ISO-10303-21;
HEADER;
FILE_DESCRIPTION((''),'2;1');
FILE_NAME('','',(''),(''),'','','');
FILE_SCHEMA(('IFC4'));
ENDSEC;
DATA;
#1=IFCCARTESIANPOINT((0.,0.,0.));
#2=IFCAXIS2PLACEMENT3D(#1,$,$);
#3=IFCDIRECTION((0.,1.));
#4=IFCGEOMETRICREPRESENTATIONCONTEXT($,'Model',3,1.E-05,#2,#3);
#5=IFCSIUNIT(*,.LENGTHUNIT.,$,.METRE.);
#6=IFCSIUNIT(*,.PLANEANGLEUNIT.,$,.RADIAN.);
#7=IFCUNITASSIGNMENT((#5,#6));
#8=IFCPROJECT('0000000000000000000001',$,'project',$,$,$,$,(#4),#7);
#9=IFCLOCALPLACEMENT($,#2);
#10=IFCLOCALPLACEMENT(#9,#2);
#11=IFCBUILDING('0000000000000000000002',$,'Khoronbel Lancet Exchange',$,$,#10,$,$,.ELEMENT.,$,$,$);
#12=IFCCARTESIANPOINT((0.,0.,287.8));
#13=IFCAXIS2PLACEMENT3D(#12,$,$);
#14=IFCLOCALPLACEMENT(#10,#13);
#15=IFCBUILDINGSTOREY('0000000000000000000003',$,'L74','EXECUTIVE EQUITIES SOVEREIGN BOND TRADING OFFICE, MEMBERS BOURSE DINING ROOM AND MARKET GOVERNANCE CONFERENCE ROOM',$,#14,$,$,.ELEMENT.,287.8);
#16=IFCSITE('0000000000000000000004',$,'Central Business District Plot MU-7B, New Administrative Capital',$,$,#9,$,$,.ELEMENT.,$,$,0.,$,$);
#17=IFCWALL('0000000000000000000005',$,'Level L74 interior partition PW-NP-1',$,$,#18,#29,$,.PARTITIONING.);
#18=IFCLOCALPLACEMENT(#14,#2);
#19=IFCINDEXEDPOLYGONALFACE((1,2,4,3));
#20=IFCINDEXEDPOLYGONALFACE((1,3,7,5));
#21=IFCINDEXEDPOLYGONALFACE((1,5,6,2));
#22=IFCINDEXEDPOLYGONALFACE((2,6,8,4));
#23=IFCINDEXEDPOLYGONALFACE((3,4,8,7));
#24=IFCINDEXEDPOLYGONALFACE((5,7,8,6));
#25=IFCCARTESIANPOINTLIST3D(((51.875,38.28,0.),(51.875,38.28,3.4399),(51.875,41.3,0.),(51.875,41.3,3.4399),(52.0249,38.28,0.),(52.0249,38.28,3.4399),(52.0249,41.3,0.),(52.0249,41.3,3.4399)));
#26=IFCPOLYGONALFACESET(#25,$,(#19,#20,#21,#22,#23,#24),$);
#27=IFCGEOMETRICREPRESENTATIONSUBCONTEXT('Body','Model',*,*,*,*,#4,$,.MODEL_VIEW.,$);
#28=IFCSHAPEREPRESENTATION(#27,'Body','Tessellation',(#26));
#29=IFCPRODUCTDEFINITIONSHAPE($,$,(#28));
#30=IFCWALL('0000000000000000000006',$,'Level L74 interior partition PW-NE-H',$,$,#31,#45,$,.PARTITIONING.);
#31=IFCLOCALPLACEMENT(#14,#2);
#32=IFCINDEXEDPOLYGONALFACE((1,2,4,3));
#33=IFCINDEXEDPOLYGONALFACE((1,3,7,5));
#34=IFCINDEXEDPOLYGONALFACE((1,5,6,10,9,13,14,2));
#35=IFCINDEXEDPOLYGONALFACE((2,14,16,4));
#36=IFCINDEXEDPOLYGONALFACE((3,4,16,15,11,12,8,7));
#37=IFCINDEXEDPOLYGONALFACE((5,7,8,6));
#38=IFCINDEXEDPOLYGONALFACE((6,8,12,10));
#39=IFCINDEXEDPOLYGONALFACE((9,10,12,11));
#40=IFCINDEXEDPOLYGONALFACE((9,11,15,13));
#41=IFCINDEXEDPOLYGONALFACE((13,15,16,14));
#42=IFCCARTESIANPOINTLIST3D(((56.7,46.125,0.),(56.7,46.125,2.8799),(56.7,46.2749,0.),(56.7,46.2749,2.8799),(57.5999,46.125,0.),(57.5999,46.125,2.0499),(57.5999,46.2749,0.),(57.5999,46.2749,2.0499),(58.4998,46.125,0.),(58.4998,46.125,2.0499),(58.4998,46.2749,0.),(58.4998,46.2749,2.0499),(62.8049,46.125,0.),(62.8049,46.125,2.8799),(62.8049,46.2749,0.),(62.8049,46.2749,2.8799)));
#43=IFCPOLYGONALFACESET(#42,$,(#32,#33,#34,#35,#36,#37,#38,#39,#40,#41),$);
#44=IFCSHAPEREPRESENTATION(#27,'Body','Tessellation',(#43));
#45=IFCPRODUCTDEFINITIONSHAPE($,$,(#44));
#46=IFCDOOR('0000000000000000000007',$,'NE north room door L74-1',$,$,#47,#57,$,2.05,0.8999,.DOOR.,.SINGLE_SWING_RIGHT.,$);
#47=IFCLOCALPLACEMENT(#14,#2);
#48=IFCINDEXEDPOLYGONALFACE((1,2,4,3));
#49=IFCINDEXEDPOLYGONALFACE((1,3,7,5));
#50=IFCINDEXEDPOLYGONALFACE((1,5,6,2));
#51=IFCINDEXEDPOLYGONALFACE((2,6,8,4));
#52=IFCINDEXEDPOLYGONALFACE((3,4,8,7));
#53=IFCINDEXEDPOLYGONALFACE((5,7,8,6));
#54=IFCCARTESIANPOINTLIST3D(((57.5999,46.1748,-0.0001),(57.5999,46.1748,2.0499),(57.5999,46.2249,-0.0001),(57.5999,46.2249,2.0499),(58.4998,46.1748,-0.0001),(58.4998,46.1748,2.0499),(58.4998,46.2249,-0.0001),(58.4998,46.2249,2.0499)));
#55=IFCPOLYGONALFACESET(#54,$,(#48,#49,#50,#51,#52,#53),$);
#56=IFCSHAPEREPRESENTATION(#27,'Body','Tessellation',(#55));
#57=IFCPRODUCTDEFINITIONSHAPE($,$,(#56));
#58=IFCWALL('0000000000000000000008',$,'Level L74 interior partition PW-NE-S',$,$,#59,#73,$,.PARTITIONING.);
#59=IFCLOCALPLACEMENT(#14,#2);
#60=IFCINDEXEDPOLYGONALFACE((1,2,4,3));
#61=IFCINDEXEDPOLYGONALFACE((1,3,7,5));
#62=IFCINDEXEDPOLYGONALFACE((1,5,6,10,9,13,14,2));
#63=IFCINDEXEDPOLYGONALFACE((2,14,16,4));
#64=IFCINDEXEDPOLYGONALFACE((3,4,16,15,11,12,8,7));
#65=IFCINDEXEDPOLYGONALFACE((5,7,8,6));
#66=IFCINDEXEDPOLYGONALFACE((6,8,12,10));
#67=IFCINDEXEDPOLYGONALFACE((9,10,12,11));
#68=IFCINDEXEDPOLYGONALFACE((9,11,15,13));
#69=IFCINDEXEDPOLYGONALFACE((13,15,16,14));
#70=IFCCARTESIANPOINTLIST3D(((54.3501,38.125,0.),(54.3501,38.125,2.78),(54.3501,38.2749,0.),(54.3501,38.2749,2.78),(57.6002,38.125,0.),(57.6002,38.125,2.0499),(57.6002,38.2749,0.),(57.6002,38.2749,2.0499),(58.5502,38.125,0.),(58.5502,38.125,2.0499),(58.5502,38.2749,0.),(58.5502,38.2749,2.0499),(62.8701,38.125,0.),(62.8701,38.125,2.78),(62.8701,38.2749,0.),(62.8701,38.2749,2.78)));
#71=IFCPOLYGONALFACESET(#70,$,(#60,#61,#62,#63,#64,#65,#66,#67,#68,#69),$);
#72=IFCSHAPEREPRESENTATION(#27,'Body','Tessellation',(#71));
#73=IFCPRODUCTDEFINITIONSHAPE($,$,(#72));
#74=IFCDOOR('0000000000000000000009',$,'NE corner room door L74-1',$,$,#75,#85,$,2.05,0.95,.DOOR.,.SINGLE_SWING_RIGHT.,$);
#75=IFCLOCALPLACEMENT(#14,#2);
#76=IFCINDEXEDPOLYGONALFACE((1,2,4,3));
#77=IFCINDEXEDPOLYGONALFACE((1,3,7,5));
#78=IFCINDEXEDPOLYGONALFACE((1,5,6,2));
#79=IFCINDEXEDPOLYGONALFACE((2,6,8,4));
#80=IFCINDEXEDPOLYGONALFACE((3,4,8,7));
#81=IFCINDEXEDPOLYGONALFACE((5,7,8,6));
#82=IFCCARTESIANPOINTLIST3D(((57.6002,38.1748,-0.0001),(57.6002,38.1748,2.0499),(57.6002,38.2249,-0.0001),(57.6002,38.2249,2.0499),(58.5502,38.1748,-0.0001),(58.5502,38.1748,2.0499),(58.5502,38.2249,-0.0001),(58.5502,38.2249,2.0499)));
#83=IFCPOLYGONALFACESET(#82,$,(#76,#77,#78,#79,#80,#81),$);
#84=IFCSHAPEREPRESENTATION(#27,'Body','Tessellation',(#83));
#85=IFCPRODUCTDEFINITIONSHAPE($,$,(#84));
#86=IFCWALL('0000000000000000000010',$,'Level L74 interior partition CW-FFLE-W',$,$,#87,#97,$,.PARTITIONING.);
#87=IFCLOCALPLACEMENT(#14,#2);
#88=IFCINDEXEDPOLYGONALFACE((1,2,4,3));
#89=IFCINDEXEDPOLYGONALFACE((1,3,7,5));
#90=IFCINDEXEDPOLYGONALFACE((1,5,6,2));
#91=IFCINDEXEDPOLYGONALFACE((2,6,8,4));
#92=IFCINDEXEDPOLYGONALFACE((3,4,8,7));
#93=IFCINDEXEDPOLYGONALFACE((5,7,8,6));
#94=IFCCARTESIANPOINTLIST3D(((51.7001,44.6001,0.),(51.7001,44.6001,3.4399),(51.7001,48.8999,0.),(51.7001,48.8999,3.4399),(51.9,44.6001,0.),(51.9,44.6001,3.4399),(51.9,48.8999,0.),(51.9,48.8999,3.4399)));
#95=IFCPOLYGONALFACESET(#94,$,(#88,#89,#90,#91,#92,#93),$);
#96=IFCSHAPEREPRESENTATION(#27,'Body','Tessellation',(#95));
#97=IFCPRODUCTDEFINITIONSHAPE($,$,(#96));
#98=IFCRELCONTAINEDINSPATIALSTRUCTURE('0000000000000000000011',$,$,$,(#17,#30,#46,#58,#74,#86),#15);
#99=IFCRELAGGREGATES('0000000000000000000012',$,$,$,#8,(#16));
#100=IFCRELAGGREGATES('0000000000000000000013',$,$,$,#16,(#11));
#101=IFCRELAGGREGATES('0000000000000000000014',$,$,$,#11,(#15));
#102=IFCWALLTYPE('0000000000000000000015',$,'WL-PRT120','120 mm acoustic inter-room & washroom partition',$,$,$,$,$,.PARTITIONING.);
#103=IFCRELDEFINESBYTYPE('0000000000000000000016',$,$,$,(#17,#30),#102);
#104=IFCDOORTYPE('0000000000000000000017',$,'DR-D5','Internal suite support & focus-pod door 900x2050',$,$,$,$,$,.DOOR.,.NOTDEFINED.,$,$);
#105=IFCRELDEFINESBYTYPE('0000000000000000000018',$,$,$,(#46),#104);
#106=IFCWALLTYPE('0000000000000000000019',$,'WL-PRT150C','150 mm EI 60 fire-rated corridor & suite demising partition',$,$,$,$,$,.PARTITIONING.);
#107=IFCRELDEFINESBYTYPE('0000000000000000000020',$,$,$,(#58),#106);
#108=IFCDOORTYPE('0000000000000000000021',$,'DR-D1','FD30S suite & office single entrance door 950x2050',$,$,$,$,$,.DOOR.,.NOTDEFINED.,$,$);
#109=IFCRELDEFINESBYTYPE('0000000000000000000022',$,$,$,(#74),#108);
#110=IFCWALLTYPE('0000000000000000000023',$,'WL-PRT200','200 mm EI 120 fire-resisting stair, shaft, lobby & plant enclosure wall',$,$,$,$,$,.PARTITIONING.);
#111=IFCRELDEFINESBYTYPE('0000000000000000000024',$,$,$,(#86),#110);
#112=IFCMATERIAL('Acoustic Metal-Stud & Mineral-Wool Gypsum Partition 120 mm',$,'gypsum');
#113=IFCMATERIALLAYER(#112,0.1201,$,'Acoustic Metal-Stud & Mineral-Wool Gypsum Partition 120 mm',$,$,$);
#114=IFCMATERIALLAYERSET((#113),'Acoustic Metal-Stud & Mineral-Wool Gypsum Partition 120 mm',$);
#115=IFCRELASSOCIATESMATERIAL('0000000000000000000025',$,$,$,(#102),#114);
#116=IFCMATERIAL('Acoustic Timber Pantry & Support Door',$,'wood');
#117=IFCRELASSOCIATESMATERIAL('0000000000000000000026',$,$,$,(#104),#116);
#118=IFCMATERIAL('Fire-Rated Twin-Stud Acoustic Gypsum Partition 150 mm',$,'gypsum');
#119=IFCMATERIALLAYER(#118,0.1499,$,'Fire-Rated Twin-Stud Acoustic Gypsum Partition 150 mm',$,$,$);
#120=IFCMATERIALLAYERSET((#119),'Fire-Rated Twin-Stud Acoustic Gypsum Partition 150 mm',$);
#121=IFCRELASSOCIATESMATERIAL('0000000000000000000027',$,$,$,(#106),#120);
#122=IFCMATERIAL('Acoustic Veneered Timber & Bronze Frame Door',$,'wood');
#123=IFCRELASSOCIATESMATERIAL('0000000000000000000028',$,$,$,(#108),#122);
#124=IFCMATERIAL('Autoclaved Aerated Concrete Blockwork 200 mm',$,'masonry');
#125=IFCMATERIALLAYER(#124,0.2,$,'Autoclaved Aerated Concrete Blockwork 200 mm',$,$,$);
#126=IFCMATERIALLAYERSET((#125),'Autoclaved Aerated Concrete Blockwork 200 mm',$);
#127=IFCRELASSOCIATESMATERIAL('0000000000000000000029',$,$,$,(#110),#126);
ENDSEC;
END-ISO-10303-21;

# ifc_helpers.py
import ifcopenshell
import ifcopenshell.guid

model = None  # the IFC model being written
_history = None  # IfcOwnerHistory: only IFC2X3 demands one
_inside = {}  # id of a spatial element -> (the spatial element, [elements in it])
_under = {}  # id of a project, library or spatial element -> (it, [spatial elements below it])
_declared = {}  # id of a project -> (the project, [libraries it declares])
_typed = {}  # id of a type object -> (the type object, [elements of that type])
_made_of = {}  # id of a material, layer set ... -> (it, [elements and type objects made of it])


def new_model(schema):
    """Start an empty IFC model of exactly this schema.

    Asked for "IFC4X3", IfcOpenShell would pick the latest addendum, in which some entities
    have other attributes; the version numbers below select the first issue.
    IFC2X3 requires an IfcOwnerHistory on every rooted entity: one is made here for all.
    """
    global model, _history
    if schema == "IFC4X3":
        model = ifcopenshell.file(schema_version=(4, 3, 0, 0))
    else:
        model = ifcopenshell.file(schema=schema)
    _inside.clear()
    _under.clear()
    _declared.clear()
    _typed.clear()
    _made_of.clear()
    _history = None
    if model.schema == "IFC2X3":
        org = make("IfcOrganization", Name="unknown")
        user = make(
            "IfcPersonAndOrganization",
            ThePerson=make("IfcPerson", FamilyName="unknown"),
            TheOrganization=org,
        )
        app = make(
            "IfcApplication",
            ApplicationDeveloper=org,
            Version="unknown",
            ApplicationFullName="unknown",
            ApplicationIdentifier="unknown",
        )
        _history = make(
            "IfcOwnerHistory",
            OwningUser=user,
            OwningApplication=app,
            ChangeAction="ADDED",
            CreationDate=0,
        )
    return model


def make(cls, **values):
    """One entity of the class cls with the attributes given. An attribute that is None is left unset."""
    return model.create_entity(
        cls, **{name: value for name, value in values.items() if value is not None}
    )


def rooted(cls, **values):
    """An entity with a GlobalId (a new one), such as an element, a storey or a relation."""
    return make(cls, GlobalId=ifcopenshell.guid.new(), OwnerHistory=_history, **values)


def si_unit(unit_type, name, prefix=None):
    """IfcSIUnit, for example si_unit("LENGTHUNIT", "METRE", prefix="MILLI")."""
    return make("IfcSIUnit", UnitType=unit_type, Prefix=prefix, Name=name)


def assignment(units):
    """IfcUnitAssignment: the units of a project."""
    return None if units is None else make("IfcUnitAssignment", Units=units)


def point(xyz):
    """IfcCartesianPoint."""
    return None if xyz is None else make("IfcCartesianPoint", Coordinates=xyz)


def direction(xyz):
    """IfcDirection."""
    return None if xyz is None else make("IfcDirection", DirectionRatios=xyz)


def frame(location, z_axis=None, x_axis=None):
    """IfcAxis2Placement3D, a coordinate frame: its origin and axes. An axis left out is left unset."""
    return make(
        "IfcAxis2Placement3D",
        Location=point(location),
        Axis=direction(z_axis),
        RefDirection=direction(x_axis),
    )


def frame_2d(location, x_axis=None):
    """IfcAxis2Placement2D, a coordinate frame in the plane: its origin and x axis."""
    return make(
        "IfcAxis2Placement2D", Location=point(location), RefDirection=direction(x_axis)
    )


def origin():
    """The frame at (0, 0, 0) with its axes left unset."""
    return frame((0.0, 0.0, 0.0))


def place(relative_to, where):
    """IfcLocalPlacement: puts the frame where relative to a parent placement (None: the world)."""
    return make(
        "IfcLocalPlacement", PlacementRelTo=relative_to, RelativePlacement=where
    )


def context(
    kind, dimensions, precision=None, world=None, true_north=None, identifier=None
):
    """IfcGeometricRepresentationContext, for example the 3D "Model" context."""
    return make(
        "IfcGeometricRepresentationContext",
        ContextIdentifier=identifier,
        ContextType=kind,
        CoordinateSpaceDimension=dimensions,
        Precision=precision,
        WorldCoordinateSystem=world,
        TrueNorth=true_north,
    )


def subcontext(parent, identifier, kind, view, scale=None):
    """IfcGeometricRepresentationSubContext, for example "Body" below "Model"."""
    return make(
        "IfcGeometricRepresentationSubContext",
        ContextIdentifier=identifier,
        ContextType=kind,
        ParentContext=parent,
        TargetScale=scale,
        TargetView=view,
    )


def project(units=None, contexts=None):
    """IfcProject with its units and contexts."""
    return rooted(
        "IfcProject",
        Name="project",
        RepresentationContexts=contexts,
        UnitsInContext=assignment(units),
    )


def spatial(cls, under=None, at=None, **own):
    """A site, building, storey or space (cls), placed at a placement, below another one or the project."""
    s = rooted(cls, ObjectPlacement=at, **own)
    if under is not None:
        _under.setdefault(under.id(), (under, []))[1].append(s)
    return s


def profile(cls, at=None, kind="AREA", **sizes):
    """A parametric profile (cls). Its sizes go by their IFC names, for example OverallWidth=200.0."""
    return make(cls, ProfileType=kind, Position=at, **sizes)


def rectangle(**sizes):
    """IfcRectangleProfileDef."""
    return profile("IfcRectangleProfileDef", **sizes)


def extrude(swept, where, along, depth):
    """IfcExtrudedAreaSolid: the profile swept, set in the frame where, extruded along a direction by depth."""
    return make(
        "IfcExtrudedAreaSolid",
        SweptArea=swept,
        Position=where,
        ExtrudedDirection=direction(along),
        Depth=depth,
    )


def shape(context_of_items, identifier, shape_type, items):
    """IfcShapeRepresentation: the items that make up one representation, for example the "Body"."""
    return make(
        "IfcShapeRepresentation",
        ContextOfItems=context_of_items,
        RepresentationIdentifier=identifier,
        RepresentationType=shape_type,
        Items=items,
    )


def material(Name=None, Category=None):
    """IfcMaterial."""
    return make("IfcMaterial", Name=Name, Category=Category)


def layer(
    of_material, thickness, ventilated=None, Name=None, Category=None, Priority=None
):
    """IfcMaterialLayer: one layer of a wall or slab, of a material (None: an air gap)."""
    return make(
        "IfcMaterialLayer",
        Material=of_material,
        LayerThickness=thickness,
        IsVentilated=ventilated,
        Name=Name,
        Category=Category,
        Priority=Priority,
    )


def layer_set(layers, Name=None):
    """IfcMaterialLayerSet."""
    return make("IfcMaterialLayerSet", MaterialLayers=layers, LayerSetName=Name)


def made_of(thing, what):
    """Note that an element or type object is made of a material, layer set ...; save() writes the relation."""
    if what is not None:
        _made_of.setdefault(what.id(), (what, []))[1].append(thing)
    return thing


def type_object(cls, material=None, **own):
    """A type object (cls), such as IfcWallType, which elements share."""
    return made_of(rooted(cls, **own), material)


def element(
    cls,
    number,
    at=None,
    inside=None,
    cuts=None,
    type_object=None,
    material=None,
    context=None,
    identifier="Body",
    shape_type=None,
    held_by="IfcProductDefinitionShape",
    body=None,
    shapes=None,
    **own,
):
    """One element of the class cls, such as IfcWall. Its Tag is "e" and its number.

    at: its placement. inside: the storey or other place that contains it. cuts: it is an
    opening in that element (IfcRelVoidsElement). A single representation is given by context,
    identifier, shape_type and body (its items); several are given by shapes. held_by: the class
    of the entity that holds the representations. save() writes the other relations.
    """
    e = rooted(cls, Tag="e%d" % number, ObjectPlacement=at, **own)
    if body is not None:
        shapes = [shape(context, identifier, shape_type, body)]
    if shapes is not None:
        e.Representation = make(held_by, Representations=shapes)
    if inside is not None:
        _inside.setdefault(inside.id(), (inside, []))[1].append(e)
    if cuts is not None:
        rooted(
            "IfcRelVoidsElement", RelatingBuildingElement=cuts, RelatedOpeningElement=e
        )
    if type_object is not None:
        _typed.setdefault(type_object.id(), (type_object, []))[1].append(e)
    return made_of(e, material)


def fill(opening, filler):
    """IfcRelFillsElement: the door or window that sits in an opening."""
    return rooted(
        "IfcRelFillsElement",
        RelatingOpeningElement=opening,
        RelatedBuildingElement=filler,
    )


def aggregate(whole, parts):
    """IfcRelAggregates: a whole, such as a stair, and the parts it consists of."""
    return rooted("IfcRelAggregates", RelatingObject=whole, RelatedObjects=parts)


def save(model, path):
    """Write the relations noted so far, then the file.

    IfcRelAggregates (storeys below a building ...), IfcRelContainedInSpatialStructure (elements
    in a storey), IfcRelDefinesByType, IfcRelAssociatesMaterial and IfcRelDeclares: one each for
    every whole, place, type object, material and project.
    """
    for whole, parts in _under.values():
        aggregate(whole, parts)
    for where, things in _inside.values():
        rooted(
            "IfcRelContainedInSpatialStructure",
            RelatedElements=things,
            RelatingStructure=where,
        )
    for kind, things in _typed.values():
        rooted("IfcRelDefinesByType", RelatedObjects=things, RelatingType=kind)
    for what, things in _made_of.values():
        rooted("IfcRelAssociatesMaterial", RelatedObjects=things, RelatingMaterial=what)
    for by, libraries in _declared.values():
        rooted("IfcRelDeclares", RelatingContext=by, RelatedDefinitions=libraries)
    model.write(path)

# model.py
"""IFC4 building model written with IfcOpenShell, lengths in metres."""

from ifc_helpers import new_model, si_unit, direction, frame, frame_2d, origin, place, context, subcontext, project, spatial, rectangle, extrude, material, layer, layer_set, type_object, element, fill, save


model = new_model("IFC4")

# Units and contexts
model_context = context("Model", 3, precision=1e-05, world=origin(), true_north=direction((0.0, 1.0)))
body_context = subcontext(model_context, "Body", "Model", "MODEL_VIEW")
ifc_project = project(units=[si_unit("LENGTHUNIT", "METRE"), si_unit("PLANEANGLEUNIT", "RADIAN")], contexts=[model_context])

# Site, building, storey
site_placement = place(None, origin())
site = spatial("IfcSite", under=ifc_project, at=site_placement, Name="Central Business District Plot MU-7B, New Administrative Capital", CompositionType="ELEMENT", RefElevation=0.0)
building_placement = place(site_placement, origin())
building = spatial("IfcBuilding", under=site, at=building_placement, Name="Khoronbel Lancet Exchange", CompositionType="ELEMENT")
storey_placement = place(building_placement, frame((0.0, 0.0, 287.8)))
storey = spatial("IfcBuildingStorey", under=building, at=storey_placement, Name="L74", Description="EXECUTIVE EQUITIES SOVEREIGN BOND TRADING OFFICE, MEMBERS BOURSE DINING ROOM AND MARKET GOVERNANCE CONFERENCE ROOM", CompositionType="ELEMENT", Elevation=287.8)

# Wall
ifc_material_1 = material(Name="Acoustic Metal-Stud & Mineral-Wool Gypsum Partition 120 mm", Category="gypsum")
ifc_layer_1 = layer(ifc_material_1, 0.1201, Name="Acoustic Metal-Stud & Mineral-Wool Gypsum Partition 120 mm")
ifc_layer_set_1 = layer_set([ifc_layer_1], Name="Acoustic Metal-Stud & Mineral-Wool Gypsum Partition 120 mm")
wall_type_1 = type_object("IfcWallType", Name="WL-PRT120", Description="120 mm acoustic inter-room & washroom partition", PredefinedType="PARTITIONING", material=ifc_layer_set_1)
wall_1_placement = place(storey_placement, frame((51.95, 38.28, 0.0), z_axis=(0.0, 0.0, 1.0), x_axis=(0.0, 1.0, 0.0)))
element("IfcWall", 1, at=wall_1_placement, inside=storey, type_object=wall_type_1, Name="Level L74 interior partition PW-NP-1", PredefinedType="PARTITIONING", context=body_context, shape_type="SweptSolid", body=[
    extrude(rectangle(XDim=3.02, YDim=0.1499, at=frame_2d((1.51, 0.0))), origin(), (0.0, 0.0, 1.0), 3.4399),
])

# Walls, openings, doors
wall_2_placement = place(storey_placement, frame((56.7, 46.2, 0.0), z_axis=(0.0, 0.0, 1.0), x_axis=(1.0, 0.0, 0.0)))
wall_2 = element("IfcWall", 2, at=wall_2_placement, inside=storey, type_object=wall_type_1, Name="Level L74 interior partition PW-NE-H", PredefinedType="PARTITIONING", context=body_context, shape_type="SweptSolid", body=[
    extrude(rectangle(XDim=6.105, YDim=0.1499, at=frame_2d((3.0525, 0.0))), origin(), (0.0, 0.0, 1.0), 2.8799),
])
opening_1_placement = place(wall_2_placement, frame((0.8999, 0.0, 0.0)))
opening_1 = element("IfcOpeningElement", 3, at=opening_1_placement, cuts=wall_2, PredefinedType="OPENING", context=body_context, shape_type="SweptSolid", body=[
    extrude(rectangle(XDim=0.8999, YDim=2.05, at=frame_2d((0.45, 1.0249))), frame((0.0, 0.085, 0.0), z_axis=(0.0, -1.0, 0.0), x_axis=(1.0, 0.0, 0.0)), (0.0, 0.0, 1.0), 0.1699),
])
ifc_material_2 = material(Name="Acoustic Timber Pantry & Support Door", Category="wood")
door_type_1 = type_object("IfcDoorType", Name="DR-D5", Description="Internal suite support & focus-pod door 900x2050", OperationType="NOTDEFINED", PredefinedType="DOOR", material=ifc_material_2)
door_1_placement = place(opening_1_placement, origin())
door_1 = element("IfcDoor", 4, at=door_1_placement, inside=storey, type_object=door_type_1, Name="NE north room door L74-1", OperationType="SINGLE_SWING_RIGHT", OverallHeight=2.05, OverallWidth=0.8999, PredefinedType="DOOR", context=body_context, shape_type="SweptSolid", body=[
    extrude(rectangle(XDim=0.8999, YDim=2.05, at=frame_2d((0.45, 1.0249))), frame((0.0, 0.0249, 0.0), z_axis=(0.0, -1.0, 0.0), x_axis=(1.0, 0.0, 0.0)), (0.0, 0.0, 1.0), 0.05),
])
fill(opening_1, door_1)
ifc_material_3 = material(Name="Fire-Rated Twin-Stud Acoustic Gypsum Partition 150 mm", Category="gypsum")
ifc_layer_2 = layer(ifc_material_3, 0.1499, Name="Fire-Rated Twin-Stud Acoustic Gypsum Partition 150 mm")
ifc_layer_set_2 = layer_set([ifc_layer_2], Name="Fire-Rated Twin-Stud Acoustic Gypsum Partition 150 mm")
wall_type_2 = type_object("IfcWallType", Name="WL-PRT150C", Description="150 mm EI 60 fire-rated corridor & suite demising partition", PredefinedType="PARTITIONING", material=ifc_layer_set_2)
wall_3_placement = place(storey_placement, frame((54.3501, 38.2, 0.0), z_axis=(0.0, 0.0, 1.0), x_axis=(1.0, 0.0, 0.0)))
wall_3 = element("IfcWall", 5, at=wall_3_placement, inside=storey, type_object=wall_type_2, Name="Level L74 interior partition PW-NE-S", PredefinedType="PARTITIONING", context=body_context, shape_type="SweptSolid", body=[
    extrude(rectangle(XDim=8.52, YDim=0.1499, at=frame_2d((4.26, 0.0))), origin(), (0.0, 0.0, 1.0), 2.78),
])
opening_2_placement = place(wall_3_placement, frame((3.25, 0.0, 0.0)))
opening_2 = element("IfcOpeningElement", 6, at=opening_2_placement, cuts=wall_3, PredefinedType="OPENING", context=body_context, shape_type="SweptSolid", body=[
    extrude(rectangle(XDim=0.95, YDim=2.05, at=frame_2d((0.4751, 1.0249))), frame((0.0, 0.085, 0.0), z_axis=(0.0, -1.0, 0.0), x_axis=(1.0, 0.0, 0.0)), (0.0, 0.0, 1.0), 0.1699),
])
ifc_material_4 = material(Name="Acoustic Veneered Timber & Bronze Frame Door", Category="wood")
door_type_2 = type_object("IfcDoorType", Name="DR-D1", Description="FD30S suite & office single entrance door 950x2050", OperationType="NOTDEFINED", PredefinedType="DOOR", material=ifc_material_4)
door_2_placement = place(opening_2_placement, origin())
door_2 = element("IfcDoor", 7, at=door_2_placement, inside=storey, type_object=door_type_2, Name="NE corner room door L74-1", OperationType="SINGLE_SWING_RIGHT", OverallHeight=2.05, OverallWidth=0.95, PredefinedType="DOOR", context=body_context, shape_type="SweptSolid", body=[
    extrude(rectangle(XDim=0.95, YDim=2.05, at=frame_2d((0.4751, 1.0249))), frame((0.0, 0.0249, 0.0), z_axis=(0.0, -1.0, 0.0), x_axis=(1.0, 0.0, 0.0)), (0.0, 0.0, 1.0), 0.05),
])
fill(opening_2, door_2)

# Wall
ifc_material_5 = material(Name="Autoclaved Aerated Concrete Blockwork 200 mm", Category="masonry")
ifc_layer_3 = layer(ifc_material_5, 0.2, Name="Autoclaved Aerated Concrete Blockwork 200 mm")
ifc_layer_set_3 = layer_set([ifc_layer_3], Name="Autoclaved Aerated Concrete Blockwork 200 mm")
wall_type_3 = type_object("IfcWallType", Name="WL-PRT200", Description="200 mm EI 120 fire-resisting stair, shaft, lobby & plant enclosure wall", PredefinedType="PARTITIONING", material=ifc_layer_set_3)
wall_4_placement = place(storey_placement, frame((51.8, 44.6001, 0.0), z_axis=(0.0, 0.0, 1.0), x_axis=(0.0, 1.0, 0.0)))
element("IfcWall", 8, at=wall_4_placement, inside=storey, type_object=wall_type_3, Name="Level L74 interior partition CW-FFLE-W", PredefinedType="PARTITIONING", context=body_context, shape_type="SweptSolid", body=[
    extrude(rectangle(XDim=4.2998, YDim=0.2, at=frame_2d((2.1499, 0.0))), origin(), (0.0, 0.0, 1.0), 3.4399),
])

save(model, "model.ifc")
